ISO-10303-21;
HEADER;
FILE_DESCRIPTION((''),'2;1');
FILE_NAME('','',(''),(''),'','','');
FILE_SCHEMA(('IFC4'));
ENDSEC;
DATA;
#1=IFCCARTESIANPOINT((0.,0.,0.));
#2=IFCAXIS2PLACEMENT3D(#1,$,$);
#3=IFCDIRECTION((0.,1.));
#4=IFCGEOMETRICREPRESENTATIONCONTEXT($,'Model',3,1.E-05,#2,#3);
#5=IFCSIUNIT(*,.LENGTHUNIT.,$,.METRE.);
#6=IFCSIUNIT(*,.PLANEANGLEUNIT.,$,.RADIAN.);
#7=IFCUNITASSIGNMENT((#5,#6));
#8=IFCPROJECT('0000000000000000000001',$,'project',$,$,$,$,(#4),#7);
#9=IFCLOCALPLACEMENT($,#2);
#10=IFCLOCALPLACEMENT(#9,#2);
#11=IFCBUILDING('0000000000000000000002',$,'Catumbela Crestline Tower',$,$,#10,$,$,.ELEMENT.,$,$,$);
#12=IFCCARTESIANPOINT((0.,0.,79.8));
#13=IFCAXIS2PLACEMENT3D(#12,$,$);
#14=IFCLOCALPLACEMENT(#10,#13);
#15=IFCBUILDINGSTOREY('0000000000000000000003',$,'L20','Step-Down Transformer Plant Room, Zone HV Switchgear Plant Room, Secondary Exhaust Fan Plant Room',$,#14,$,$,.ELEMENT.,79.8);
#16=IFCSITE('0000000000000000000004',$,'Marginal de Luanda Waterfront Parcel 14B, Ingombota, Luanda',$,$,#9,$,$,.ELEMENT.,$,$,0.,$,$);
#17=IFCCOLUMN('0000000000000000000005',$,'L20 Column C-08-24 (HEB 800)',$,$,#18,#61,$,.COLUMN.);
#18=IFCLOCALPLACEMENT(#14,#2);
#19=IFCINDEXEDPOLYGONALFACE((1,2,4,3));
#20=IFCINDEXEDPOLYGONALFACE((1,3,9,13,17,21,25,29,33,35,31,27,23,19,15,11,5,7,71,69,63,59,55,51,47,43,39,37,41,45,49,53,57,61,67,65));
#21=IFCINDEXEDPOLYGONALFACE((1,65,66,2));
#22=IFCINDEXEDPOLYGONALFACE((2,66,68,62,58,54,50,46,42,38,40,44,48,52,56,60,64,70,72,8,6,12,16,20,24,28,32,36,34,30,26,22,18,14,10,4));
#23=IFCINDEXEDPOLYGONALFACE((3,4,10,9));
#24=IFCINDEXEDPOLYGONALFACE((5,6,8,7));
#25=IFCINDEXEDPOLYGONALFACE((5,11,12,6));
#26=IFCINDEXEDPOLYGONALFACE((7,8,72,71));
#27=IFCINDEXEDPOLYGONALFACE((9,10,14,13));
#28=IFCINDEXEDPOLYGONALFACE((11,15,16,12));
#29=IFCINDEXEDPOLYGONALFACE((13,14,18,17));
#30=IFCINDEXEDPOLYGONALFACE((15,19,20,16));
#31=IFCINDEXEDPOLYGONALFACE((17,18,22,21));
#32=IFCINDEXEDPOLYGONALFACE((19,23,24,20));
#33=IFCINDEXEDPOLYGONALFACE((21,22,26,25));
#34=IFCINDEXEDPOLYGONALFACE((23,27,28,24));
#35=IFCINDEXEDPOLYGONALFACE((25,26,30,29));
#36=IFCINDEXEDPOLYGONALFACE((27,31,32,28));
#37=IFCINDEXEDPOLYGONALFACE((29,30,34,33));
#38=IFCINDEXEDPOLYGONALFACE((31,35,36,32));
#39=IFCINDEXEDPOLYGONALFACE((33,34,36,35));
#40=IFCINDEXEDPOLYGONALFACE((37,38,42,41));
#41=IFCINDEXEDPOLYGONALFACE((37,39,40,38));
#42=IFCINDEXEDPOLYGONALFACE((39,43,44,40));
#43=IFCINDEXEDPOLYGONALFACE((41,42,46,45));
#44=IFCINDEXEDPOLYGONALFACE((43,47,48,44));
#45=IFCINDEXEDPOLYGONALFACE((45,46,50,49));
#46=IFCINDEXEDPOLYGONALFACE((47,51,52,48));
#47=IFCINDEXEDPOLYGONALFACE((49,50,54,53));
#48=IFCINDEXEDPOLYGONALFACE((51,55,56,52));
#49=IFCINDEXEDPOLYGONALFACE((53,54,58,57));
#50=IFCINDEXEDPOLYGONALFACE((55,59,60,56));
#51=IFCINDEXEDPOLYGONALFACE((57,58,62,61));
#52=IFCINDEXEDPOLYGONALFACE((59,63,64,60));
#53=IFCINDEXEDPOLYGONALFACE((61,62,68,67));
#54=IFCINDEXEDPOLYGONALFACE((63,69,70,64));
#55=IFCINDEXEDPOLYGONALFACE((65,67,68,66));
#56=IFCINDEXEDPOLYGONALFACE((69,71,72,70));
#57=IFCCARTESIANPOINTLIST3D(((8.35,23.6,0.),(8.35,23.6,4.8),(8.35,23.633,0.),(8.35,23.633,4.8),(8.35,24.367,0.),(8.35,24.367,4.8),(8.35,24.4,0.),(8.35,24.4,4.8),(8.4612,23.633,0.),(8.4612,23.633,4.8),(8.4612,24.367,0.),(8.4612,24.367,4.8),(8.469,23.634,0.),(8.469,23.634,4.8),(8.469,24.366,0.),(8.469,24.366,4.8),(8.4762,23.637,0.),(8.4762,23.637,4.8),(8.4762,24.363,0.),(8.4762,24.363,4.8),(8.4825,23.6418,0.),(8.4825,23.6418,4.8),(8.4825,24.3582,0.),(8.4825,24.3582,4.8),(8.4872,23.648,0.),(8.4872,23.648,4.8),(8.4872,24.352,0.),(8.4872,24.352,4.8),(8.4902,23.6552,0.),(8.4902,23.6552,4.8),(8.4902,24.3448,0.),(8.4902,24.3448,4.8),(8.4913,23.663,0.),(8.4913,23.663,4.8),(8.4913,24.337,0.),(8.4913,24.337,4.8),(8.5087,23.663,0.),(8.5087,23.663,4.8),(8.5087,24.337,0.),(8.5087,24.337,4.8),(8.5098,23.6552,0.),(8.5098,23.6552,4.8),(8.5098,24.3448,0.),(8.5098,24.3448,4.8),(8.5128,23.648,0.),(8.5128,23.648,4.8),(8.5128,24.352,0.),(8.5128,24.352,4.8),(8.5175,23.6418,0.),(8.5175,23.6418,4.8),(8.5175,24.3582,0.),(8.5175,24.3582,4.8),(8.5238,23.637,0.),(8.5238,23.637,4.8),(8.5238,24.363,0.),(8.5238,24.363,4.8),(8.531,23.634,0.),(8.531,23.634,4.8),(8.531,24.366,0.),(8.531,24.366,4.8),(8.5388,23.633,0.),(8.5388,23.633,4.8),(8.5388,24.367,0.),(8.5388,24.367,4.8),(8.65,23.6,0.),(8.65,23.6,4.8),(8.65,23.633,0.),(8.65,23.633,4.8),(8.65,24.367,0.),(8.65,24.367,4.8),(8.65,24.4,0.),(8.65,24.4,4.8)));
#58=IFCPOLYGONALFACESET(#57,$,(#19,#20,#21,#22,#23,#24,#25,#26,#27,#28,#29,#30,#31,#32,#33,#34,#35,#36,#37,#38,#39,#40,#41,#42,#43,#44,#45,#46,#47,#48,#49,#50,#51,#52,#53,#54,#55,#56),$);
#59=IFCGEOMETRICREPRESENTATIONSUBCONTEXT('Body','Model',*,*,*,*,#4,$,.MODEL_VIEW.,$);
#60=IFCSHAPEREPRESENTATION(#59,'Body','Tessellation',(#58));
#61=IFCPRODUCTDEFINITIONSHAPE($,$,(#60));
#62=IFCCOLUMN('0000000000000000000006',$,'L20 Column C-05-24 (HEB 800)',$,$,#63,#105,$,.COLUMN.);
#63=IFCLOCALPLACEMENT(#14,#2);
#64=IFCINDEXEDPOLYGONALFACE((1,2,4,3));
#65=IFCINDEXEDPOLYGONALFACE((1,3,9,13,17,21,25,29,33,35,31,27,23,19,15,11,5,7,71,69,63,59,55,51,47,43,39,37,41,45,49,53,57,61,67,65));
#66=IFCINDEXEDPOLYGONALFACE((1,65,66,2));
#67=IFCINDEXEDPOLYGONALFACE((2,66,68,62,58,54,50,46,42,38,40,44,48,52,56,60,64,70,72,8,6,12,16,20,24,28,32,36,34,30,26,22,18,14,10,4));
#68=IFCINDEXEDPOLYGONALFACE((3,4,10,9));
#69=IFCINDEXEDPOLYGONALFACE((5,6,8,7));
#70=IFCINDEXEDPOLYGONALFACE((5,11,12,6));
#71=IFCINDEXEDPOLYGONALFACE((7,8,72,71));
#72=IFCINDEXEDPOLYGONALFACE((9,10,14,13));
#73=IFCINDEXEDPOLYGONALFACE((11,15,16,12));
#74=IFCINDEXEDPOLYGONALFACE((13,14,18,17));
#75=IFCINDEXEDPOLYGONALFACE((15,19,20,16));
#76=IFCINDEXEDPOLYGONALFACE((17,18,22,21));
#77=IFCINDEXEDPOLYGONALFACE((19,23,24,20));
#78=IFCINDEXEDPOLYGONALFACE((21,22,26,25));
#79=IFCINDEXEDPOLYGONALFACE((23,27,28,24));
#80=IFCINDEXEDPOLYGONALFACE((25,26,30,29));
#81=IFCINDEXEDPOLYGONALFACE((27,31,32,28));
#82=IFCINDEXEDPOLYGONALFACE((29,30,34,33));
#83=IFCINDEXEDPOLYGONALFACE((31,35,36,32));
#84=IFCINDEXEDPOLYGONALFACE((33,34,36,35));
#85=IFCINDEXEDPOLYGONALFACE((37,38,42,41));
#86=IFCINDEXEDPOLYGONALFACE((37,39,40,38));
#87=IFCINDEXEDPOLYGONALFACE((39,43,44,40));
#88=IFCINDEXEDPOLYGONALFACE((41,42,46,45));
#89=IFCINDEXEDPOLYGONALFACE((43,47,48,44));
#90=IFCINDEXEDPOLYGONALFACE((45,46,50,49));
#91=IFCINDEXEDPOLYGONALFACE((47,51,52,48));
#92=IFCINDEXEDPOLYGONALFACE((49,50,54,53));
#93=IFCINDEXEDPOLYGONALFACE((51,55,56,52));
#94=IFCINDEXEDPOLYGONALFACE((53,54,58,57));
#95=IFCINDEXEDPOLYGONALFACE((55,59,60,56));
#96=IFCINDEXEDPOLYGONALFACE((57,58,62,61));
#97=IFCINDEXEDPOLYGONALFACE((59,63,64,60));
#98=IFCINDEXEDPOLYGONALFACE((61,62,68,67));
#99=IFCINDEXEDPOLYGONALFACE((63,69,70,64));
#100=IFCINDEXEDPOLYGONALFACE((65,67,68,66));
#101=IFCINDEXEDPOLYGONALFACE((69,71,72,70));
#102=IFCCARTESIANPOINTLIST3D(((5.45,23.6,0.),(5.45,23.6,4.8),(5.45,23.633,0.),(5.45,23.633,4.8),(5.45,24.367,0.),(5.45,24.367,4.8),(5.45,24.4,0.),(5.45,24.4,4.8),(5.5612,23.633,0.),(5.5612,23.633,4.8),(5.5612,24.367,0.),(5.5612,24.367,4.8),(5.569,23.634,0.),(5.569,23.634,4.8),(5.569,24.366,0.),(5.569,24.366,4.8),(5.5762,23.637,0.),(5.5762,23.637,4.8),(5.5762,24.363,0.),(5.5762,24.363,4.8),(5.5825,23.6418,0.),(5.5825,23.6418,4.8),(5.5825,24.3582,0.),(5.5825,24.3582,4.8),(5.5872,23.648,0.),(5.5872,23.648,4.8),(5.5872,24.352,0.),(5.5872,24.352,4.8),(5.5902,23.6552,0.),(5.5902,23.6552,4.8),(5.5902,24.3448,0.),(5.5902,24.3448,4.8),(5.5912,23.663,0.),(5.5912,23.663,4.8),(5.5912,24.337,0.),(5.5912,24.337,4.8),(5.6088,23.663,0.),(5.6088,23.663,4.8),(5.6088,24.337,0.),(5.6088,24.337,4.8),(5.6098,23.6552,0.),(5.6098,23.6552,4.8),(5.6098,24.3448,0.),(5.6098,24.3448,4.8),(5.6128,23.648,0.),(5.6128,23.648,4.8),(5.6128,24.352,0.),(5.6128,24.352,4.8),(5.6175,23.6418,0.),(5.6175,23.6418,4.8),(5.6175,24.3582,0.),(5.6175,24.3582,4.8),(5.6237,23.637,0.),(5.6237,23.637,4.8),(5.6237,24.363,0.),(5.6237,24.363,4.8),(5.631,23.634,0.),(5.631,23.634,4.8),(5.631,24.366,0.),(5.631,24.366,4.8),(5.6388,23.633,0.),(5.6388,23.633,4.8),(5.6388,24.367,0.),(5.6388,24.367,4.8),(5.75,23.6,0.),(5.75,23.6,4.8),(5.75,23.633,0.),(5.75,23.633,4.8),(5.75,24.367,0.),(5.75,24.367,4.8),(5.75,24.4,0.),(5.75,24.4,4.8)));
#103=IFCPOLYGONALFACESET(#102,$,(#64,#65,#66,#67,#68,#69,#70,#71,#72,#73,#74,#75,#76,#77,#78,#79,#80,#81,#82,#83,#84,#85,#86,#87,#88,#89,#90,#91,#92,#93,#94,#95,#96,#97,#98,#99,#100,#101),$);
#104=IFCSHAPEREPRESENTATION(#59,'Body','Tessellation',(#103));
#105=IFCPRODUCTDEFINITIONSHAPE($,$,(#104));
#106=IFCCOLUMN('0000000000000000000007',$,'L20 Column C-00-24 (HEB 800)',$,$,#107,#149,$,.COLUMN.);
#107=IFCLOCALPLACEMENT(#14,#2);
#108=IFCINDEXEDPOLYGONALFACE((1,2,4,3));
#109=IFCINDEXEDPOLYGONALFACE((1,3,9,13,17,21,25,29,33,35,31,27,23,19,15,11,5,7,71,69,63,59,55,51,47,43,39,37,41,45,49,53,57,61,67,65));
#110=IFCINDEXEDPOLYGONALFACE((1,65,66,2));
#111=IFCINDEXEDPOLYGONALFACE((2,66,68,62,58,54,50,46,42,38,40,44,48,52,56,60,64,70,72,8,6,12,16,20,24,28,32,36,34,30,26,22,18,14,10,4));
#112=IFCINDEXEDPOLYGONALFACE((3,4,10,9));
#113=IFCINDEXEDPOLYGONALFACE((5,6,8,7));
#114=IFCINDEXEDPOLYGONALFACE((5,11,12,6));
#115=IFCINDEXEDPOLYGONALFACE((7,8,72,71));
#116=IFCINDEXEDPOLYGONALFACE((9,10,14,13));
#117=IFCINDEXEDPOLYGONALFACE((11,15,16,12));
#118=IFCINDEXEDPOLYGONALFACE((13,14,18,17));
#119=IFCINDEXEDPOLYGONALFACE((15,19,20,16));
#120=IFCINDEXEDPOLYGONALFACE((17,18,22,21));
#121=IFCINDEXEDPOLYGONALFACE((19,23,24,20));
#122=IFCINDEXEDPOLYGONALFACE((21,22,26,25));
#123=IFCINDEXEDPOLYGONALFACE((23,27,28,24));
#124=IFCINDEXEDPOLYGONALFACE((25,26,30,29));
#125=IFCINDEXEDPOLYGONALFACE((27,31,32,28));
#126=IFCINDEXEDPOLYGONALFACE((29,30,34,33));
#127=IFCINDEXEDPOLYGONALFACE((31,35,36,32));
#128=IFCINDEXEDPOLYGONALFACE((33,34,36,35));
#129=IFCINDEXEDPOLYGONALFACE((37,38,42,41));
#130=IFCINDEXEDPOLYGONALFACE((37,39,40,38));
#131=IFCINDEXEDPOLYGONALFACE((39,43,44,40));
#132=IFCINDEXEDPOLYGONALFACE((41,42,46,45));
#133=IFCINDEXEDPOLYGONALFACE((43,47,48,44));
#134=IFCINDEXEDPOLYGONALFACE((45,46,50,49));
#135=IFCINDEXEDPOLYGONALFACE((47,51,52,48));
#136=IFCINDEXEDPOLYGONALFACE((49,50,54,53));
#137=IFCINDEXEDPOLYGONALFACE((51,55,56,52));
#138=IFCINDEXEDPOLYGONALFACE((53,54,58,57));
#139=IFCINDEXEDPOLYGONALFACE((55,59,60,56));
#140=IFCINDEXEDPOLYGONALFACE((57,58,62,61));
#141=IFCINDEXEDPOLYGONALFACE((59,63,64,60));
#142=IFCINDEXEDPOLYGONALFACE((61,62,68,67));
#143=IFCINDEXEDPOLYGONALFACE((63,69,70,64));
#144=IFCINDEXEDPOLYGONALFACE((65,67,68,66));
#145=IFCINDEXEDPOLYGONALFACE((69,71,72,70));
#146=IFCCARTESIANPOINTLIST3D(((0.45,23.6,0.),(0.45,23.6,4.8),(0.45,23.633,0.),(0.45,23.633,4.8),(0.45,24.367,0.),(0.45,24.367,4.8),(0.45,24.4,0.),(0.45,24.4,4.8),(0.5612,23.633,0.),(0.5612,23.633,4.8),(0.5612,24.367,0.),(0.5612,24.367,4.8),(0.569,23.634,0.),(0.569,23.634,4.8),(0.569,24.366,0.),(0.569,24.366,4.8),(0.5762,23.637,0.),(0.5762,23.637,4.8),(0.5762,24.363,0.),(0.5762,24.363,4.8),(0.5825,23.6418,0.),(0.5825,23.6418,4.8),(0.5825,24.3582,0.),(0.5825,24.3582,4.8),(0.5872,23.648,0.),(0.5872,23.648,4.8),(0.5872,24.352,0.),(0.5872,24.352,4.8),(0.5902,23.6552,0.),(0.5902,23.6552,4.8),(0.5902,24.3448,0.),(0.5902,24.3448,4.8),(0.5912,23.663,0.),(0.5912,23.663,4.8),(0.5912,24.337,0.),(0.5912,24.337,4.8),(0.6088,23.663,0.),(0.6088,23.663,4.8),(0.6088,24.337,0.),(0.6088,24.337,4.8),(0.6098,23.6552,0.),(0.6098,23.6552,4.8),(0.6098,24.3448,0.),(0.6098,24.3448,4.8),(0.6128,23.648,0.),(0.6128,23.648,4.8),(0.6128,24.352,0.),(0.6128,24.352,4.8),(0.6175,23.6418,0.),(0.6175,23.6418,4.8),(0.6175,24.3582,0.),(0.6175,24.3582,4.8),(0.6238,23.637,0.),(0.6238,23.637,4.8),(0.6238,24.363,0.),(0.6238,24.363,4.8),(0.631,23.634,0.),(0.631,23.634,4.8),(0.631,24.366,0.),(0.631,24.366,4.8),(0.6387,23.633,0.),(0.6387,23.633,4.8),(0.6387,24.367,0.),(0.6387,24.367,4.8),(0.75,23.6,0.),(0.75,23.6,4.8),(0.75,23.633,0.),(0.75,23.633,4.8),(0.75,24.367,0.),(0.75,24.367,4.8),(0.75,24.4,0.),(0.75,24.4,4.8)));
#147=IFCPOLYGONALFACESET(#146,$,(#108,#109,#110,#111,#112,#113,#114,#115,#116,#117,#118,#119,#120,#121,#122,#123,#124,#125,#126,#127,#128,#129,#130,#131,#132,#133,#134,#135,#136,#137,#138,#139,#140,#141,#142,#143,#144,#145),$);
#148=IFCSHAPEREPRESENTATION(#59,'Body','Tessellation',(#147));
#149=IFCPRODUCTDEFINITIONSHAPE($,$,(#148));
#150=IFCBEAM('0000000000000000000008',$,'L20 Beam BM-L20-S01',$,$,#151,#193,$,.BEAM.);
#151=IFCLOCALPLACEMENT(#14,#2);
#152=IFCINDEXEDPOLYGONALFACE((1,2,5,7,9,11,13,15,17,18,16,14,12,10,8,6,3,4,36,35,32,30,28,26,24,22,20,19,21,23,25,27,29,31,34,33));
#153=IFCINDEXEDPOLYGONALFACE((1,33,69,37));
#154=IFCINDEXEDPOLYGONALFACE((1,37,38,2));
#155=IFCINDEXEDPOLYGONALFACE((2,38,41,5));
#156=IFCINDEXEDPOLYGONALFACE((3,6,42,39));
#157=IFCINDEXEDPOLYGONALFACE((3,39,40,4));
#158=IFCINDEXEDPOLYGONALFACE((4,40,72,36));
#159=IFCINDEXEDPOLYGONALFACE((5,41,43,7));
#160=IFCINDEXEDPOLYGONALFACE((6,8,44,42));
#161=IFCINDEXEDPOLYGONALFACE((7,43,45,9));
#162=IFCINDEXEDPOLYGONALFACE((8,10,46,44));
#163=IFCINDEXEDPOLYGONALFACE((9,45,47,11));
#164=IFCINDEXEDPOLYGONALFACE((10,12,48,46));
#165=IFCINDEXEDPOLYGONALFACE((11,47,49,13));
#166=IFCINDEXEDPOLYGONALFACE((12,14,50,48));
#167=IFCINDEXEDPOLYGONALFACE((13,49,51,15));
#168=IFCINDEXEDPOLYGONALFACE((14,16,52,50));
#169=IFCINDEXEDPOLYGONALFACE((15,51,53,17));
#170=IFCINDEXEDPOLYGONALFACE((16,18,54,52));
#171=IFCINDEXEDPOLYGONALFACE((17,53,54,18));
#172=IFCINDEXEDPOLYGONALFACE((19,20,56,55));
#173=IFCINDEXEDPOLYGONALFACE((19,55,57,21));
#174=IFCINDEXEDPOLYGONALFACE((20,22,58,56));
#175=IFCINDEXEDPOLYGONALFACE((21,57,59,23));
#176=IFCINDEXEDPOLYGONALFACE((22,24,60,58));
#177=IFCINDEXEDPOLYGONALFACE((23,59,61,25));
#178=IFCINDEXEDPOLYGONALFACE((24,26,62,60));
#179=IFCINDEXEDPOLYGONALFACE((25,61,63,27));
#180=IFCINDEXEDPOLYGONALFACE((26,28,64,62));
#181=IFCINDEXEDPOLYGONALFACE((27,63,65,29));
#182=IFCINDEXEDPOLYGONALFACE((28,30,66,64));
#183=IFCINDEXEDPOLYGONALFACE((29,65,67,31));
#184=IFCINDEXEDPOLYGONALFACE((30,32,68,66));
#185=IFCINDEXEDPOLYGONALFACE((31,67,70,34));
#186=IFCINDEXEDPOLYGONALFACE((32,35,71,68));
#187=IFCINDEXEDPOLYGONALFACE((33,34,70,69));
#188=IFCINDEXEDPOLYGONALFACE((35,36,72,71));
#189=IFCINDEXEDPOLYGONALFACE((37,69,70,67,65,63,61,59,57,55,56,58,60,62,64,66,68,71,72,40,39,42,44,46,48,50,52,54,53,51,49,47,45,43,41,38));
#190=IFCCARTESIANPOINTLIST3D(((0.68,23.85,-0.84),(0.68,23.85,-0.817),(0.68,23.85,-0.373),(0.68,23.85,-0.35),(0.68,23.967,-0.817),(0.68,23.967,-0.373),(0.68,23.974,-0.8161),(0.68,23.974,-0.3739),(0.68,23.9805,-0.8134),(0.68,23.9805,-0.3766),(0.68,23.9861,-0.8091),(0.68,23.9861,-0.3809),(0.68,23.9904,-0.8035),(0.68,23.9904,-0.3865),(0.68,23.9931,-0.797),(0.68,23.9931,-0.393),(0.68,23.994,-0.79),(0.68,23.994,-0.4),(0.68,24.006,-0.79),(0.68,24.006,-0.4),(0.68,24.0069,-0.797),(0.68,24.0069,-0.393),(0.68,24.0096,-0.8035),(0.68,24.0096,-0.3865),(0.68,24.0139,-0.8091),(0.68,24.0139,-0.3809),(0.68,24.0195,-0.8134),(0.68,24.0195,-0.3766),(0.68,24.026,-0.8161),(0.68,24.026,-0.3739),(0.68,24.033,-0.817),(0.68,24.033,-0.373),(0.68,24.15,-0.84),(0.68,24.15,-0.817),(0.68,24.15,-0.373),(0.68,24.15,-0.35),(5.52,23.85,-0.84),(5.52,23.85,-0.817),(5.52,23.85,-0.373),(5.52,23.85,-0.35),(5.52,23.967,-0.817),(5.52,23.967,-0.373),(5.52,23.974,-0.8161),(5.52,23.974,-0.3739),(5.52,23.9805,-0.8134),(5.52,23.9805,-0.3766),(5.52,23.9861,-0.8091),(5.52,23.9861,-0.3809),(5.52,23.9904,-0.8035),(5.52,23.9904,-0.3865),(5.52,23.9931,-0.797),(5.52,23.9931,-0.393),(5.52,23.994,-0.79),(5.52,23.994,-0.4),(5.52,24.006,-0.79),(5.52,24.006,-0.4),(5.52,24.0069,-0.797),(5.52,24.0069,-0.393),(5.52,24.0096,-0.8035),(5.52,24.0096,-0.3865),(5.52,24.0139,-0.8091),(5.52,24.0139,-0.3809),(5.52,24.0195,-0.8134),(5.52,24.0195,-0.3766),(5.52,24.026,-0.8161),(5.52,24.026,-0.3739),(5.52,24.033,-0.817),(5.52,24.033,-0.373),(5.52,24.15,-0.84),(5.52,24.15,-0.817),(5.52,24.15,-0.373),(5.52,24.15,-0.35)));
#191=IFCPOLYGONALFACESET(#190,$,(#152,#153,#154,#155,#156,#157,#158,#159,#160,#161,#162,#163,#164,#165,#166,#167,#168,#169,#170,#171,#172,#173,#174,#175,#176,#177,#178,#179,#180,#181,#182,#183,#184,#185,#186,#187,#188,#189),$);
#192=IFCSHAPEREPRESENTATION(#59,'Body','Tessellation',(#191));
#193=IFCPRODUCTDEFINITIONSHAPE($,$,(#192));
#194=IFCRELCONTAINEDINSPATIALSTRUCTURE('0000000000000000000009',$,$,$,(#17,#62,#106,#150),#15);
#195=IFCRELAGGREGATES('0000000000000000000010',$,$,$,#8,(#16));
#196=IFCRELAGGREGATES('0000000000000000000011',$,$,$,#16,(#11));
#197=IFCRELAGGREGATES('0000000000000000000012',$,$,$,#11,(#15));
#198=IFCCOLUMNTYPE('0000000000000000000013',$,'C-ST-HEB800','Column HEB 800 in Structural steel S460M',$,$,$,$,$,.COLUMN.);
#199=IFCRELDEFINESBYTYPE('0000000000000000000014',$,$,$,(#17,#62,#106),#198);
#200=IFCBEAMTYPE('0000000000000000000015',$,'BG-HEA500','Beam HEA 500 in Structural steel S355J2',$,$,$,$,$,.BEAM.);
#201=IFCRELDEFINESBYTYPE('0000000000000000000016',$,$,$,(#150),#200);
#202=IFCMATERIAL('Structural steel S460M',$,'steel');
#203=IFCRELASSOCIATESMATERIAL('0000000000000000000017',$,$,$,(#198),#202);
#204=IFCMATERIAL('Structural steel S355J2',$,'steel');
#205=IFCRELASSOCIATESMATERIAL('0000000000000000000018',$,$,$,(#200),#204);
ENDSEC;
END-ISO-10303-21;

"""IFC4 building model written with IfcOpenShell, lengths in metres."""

from ifc_helpers import new_model, si_unit, direction, frame, origin, origin_2d, place, context, subcontext, project, spatial, i_section, extrude, material, material_profile, profile_set, type_object, element, save


model = new_model("IFC4")

# Units and contexts
model_context = context("Model", 3, precision=1e-05, world=origin(), true_north=direction((0.0, 1.0)))
body_context = subcontext(model_context, "Body", "Model", "MODEL_VIEW")
ifc_project = project(units=[si_unit("LENGTHUNIT", "METRE"), si_unit("PLANEANGLEUNIT", "RADIAN")], contexts=[model_context])

# Site, building, storey
site_placement = place(None, origin())
site = spatial("IfcSite", under=ifc_project, at=site_placement, Name="Marginal de Luanda Waterfront Parcel 14B, Ingombota, Luanda", CompositionType="ELEMENT", RefElevation=0.0)
building_placement = place(site_placement, origin())
building = spatial("IfcBuilding", under=site, at=building_placement, Name="Catumbela Crestline Tower", CompositionType="ELEMENT")
storey_placement = place(building_placement, frame((0.0, 0.0, 79.8)))
storey = spatial("IfcBuildingStorey", under=building, at=storey_placement, Name="L20", Description="Step-Down Transformer Plant Room, Zone HV Switchgear Plant Room, Secondary Exhaust Fan Plant Room", CompositionType="ELEMENT", Elevation=79.8)

# Columns
ifc_material_1 = material(Name="Structural steel S460M", Category="steel")
ifc_material_profile_1 = material_profile(ifc_material_1, i_section(OverallWidth=0.3, OverallDepth=0.8, WebThickness=0.0175, FlangeThickness=0.033, FilletRadius=0.03, at=origin_2d()), Name="HEB 800")
ifc_profile_set_1 = profile_set([ifc_material_profile_1], Name="Structural steel S460M")
column_type = type_object("IfcColumnType", Name="C-ST-HEB800", Description="Column HEB 800 in Structural steel S460M", PredefinedType="COLUMN", material=ifc_profile_set_1)
for number, where, z_axis, x_axis, name in (
    (1, (8.5, 24.0, 0.0), (0.0, 0.0, 1.0), (1.0, 0.0, 0.0), "L20 Column C-08-24 (HEB 800)"),
    (2, (5.6, 24.0, 0.0), (0.0, 0.0, 1.0), (1.0, 0.0, 0.0), "L20 Column C-05-24 (HEB 800)"),
    (3, (0.6, 24.0, 0.0), (0.0, 0.0, 1.0), (1.0, 0.0, 0.0), "L20 Column C-00-24 (HEB 800)"),
):
    element("IfcColumn", number, at=place(storey_placement, frame(where, z_axis=z_axis, x_axis=x_axis)), inside=storey, type_object=column_type, Name=name, PredefinedType="COLUMN", context=body_context, shape_type="SweptSolid", body=[
        extrude(i_section(OverallWidth=0.3, OverallDepth=0.8, WebThickness=0.0175, FlangeThickness=0.033, FilletRadius=0.03, at=origin_2d()), origin(), (0.0, 0.0, 1.0), 4.8),
    ])

# Beam
ifc_material_2 = material(Name="Structural steel S355J2", Category="steel")
ifc_material_profile_2 = material_profile(ifc_material_2, i_section(OverallWidth=0.3, OverallDepth=0.49, WebThickness=0.012, FlangeThickness=0.023, FilletRadius=0.027, at=origin_2d()), Name="HEA 500")
ifc_profile_set_2 = profile_set([ifc_material_profile_2], Name="Structural steel S355J2")
beam_type_1 = type_object("IfcBeamType", Name="BG-HEA500", Description="Beam HEA 500 in Structural steel S355J2", PredefinedType="BEAM", material=ifc_profile_set_2)
beam_1_placement = place(storey_placement, frame((0.68, 24.0, -0.595), z_axis=(1.0, 0.0, 0.0), x_axis=(0.0, 1.0, 0.0)))
element("IfcBeam", 4, at=beam_1_placement, inside=storey, type_object=beam_type_1, Name="L20 Beam BM-L20-S01", PredefinedType="BEAM", context=body_context, shape_type="SweptSolid", body=[
    extrude(i_section(OverallWidth=0.3, OverallDepth=0.49, WebThickness=0.012, FlangeThickness=0.023, FilletRadius=0.027, at=origin_2d()), origin(), (0.0, 0.0, 1.0), 4.84),
])

save(model, "model.ifc")
